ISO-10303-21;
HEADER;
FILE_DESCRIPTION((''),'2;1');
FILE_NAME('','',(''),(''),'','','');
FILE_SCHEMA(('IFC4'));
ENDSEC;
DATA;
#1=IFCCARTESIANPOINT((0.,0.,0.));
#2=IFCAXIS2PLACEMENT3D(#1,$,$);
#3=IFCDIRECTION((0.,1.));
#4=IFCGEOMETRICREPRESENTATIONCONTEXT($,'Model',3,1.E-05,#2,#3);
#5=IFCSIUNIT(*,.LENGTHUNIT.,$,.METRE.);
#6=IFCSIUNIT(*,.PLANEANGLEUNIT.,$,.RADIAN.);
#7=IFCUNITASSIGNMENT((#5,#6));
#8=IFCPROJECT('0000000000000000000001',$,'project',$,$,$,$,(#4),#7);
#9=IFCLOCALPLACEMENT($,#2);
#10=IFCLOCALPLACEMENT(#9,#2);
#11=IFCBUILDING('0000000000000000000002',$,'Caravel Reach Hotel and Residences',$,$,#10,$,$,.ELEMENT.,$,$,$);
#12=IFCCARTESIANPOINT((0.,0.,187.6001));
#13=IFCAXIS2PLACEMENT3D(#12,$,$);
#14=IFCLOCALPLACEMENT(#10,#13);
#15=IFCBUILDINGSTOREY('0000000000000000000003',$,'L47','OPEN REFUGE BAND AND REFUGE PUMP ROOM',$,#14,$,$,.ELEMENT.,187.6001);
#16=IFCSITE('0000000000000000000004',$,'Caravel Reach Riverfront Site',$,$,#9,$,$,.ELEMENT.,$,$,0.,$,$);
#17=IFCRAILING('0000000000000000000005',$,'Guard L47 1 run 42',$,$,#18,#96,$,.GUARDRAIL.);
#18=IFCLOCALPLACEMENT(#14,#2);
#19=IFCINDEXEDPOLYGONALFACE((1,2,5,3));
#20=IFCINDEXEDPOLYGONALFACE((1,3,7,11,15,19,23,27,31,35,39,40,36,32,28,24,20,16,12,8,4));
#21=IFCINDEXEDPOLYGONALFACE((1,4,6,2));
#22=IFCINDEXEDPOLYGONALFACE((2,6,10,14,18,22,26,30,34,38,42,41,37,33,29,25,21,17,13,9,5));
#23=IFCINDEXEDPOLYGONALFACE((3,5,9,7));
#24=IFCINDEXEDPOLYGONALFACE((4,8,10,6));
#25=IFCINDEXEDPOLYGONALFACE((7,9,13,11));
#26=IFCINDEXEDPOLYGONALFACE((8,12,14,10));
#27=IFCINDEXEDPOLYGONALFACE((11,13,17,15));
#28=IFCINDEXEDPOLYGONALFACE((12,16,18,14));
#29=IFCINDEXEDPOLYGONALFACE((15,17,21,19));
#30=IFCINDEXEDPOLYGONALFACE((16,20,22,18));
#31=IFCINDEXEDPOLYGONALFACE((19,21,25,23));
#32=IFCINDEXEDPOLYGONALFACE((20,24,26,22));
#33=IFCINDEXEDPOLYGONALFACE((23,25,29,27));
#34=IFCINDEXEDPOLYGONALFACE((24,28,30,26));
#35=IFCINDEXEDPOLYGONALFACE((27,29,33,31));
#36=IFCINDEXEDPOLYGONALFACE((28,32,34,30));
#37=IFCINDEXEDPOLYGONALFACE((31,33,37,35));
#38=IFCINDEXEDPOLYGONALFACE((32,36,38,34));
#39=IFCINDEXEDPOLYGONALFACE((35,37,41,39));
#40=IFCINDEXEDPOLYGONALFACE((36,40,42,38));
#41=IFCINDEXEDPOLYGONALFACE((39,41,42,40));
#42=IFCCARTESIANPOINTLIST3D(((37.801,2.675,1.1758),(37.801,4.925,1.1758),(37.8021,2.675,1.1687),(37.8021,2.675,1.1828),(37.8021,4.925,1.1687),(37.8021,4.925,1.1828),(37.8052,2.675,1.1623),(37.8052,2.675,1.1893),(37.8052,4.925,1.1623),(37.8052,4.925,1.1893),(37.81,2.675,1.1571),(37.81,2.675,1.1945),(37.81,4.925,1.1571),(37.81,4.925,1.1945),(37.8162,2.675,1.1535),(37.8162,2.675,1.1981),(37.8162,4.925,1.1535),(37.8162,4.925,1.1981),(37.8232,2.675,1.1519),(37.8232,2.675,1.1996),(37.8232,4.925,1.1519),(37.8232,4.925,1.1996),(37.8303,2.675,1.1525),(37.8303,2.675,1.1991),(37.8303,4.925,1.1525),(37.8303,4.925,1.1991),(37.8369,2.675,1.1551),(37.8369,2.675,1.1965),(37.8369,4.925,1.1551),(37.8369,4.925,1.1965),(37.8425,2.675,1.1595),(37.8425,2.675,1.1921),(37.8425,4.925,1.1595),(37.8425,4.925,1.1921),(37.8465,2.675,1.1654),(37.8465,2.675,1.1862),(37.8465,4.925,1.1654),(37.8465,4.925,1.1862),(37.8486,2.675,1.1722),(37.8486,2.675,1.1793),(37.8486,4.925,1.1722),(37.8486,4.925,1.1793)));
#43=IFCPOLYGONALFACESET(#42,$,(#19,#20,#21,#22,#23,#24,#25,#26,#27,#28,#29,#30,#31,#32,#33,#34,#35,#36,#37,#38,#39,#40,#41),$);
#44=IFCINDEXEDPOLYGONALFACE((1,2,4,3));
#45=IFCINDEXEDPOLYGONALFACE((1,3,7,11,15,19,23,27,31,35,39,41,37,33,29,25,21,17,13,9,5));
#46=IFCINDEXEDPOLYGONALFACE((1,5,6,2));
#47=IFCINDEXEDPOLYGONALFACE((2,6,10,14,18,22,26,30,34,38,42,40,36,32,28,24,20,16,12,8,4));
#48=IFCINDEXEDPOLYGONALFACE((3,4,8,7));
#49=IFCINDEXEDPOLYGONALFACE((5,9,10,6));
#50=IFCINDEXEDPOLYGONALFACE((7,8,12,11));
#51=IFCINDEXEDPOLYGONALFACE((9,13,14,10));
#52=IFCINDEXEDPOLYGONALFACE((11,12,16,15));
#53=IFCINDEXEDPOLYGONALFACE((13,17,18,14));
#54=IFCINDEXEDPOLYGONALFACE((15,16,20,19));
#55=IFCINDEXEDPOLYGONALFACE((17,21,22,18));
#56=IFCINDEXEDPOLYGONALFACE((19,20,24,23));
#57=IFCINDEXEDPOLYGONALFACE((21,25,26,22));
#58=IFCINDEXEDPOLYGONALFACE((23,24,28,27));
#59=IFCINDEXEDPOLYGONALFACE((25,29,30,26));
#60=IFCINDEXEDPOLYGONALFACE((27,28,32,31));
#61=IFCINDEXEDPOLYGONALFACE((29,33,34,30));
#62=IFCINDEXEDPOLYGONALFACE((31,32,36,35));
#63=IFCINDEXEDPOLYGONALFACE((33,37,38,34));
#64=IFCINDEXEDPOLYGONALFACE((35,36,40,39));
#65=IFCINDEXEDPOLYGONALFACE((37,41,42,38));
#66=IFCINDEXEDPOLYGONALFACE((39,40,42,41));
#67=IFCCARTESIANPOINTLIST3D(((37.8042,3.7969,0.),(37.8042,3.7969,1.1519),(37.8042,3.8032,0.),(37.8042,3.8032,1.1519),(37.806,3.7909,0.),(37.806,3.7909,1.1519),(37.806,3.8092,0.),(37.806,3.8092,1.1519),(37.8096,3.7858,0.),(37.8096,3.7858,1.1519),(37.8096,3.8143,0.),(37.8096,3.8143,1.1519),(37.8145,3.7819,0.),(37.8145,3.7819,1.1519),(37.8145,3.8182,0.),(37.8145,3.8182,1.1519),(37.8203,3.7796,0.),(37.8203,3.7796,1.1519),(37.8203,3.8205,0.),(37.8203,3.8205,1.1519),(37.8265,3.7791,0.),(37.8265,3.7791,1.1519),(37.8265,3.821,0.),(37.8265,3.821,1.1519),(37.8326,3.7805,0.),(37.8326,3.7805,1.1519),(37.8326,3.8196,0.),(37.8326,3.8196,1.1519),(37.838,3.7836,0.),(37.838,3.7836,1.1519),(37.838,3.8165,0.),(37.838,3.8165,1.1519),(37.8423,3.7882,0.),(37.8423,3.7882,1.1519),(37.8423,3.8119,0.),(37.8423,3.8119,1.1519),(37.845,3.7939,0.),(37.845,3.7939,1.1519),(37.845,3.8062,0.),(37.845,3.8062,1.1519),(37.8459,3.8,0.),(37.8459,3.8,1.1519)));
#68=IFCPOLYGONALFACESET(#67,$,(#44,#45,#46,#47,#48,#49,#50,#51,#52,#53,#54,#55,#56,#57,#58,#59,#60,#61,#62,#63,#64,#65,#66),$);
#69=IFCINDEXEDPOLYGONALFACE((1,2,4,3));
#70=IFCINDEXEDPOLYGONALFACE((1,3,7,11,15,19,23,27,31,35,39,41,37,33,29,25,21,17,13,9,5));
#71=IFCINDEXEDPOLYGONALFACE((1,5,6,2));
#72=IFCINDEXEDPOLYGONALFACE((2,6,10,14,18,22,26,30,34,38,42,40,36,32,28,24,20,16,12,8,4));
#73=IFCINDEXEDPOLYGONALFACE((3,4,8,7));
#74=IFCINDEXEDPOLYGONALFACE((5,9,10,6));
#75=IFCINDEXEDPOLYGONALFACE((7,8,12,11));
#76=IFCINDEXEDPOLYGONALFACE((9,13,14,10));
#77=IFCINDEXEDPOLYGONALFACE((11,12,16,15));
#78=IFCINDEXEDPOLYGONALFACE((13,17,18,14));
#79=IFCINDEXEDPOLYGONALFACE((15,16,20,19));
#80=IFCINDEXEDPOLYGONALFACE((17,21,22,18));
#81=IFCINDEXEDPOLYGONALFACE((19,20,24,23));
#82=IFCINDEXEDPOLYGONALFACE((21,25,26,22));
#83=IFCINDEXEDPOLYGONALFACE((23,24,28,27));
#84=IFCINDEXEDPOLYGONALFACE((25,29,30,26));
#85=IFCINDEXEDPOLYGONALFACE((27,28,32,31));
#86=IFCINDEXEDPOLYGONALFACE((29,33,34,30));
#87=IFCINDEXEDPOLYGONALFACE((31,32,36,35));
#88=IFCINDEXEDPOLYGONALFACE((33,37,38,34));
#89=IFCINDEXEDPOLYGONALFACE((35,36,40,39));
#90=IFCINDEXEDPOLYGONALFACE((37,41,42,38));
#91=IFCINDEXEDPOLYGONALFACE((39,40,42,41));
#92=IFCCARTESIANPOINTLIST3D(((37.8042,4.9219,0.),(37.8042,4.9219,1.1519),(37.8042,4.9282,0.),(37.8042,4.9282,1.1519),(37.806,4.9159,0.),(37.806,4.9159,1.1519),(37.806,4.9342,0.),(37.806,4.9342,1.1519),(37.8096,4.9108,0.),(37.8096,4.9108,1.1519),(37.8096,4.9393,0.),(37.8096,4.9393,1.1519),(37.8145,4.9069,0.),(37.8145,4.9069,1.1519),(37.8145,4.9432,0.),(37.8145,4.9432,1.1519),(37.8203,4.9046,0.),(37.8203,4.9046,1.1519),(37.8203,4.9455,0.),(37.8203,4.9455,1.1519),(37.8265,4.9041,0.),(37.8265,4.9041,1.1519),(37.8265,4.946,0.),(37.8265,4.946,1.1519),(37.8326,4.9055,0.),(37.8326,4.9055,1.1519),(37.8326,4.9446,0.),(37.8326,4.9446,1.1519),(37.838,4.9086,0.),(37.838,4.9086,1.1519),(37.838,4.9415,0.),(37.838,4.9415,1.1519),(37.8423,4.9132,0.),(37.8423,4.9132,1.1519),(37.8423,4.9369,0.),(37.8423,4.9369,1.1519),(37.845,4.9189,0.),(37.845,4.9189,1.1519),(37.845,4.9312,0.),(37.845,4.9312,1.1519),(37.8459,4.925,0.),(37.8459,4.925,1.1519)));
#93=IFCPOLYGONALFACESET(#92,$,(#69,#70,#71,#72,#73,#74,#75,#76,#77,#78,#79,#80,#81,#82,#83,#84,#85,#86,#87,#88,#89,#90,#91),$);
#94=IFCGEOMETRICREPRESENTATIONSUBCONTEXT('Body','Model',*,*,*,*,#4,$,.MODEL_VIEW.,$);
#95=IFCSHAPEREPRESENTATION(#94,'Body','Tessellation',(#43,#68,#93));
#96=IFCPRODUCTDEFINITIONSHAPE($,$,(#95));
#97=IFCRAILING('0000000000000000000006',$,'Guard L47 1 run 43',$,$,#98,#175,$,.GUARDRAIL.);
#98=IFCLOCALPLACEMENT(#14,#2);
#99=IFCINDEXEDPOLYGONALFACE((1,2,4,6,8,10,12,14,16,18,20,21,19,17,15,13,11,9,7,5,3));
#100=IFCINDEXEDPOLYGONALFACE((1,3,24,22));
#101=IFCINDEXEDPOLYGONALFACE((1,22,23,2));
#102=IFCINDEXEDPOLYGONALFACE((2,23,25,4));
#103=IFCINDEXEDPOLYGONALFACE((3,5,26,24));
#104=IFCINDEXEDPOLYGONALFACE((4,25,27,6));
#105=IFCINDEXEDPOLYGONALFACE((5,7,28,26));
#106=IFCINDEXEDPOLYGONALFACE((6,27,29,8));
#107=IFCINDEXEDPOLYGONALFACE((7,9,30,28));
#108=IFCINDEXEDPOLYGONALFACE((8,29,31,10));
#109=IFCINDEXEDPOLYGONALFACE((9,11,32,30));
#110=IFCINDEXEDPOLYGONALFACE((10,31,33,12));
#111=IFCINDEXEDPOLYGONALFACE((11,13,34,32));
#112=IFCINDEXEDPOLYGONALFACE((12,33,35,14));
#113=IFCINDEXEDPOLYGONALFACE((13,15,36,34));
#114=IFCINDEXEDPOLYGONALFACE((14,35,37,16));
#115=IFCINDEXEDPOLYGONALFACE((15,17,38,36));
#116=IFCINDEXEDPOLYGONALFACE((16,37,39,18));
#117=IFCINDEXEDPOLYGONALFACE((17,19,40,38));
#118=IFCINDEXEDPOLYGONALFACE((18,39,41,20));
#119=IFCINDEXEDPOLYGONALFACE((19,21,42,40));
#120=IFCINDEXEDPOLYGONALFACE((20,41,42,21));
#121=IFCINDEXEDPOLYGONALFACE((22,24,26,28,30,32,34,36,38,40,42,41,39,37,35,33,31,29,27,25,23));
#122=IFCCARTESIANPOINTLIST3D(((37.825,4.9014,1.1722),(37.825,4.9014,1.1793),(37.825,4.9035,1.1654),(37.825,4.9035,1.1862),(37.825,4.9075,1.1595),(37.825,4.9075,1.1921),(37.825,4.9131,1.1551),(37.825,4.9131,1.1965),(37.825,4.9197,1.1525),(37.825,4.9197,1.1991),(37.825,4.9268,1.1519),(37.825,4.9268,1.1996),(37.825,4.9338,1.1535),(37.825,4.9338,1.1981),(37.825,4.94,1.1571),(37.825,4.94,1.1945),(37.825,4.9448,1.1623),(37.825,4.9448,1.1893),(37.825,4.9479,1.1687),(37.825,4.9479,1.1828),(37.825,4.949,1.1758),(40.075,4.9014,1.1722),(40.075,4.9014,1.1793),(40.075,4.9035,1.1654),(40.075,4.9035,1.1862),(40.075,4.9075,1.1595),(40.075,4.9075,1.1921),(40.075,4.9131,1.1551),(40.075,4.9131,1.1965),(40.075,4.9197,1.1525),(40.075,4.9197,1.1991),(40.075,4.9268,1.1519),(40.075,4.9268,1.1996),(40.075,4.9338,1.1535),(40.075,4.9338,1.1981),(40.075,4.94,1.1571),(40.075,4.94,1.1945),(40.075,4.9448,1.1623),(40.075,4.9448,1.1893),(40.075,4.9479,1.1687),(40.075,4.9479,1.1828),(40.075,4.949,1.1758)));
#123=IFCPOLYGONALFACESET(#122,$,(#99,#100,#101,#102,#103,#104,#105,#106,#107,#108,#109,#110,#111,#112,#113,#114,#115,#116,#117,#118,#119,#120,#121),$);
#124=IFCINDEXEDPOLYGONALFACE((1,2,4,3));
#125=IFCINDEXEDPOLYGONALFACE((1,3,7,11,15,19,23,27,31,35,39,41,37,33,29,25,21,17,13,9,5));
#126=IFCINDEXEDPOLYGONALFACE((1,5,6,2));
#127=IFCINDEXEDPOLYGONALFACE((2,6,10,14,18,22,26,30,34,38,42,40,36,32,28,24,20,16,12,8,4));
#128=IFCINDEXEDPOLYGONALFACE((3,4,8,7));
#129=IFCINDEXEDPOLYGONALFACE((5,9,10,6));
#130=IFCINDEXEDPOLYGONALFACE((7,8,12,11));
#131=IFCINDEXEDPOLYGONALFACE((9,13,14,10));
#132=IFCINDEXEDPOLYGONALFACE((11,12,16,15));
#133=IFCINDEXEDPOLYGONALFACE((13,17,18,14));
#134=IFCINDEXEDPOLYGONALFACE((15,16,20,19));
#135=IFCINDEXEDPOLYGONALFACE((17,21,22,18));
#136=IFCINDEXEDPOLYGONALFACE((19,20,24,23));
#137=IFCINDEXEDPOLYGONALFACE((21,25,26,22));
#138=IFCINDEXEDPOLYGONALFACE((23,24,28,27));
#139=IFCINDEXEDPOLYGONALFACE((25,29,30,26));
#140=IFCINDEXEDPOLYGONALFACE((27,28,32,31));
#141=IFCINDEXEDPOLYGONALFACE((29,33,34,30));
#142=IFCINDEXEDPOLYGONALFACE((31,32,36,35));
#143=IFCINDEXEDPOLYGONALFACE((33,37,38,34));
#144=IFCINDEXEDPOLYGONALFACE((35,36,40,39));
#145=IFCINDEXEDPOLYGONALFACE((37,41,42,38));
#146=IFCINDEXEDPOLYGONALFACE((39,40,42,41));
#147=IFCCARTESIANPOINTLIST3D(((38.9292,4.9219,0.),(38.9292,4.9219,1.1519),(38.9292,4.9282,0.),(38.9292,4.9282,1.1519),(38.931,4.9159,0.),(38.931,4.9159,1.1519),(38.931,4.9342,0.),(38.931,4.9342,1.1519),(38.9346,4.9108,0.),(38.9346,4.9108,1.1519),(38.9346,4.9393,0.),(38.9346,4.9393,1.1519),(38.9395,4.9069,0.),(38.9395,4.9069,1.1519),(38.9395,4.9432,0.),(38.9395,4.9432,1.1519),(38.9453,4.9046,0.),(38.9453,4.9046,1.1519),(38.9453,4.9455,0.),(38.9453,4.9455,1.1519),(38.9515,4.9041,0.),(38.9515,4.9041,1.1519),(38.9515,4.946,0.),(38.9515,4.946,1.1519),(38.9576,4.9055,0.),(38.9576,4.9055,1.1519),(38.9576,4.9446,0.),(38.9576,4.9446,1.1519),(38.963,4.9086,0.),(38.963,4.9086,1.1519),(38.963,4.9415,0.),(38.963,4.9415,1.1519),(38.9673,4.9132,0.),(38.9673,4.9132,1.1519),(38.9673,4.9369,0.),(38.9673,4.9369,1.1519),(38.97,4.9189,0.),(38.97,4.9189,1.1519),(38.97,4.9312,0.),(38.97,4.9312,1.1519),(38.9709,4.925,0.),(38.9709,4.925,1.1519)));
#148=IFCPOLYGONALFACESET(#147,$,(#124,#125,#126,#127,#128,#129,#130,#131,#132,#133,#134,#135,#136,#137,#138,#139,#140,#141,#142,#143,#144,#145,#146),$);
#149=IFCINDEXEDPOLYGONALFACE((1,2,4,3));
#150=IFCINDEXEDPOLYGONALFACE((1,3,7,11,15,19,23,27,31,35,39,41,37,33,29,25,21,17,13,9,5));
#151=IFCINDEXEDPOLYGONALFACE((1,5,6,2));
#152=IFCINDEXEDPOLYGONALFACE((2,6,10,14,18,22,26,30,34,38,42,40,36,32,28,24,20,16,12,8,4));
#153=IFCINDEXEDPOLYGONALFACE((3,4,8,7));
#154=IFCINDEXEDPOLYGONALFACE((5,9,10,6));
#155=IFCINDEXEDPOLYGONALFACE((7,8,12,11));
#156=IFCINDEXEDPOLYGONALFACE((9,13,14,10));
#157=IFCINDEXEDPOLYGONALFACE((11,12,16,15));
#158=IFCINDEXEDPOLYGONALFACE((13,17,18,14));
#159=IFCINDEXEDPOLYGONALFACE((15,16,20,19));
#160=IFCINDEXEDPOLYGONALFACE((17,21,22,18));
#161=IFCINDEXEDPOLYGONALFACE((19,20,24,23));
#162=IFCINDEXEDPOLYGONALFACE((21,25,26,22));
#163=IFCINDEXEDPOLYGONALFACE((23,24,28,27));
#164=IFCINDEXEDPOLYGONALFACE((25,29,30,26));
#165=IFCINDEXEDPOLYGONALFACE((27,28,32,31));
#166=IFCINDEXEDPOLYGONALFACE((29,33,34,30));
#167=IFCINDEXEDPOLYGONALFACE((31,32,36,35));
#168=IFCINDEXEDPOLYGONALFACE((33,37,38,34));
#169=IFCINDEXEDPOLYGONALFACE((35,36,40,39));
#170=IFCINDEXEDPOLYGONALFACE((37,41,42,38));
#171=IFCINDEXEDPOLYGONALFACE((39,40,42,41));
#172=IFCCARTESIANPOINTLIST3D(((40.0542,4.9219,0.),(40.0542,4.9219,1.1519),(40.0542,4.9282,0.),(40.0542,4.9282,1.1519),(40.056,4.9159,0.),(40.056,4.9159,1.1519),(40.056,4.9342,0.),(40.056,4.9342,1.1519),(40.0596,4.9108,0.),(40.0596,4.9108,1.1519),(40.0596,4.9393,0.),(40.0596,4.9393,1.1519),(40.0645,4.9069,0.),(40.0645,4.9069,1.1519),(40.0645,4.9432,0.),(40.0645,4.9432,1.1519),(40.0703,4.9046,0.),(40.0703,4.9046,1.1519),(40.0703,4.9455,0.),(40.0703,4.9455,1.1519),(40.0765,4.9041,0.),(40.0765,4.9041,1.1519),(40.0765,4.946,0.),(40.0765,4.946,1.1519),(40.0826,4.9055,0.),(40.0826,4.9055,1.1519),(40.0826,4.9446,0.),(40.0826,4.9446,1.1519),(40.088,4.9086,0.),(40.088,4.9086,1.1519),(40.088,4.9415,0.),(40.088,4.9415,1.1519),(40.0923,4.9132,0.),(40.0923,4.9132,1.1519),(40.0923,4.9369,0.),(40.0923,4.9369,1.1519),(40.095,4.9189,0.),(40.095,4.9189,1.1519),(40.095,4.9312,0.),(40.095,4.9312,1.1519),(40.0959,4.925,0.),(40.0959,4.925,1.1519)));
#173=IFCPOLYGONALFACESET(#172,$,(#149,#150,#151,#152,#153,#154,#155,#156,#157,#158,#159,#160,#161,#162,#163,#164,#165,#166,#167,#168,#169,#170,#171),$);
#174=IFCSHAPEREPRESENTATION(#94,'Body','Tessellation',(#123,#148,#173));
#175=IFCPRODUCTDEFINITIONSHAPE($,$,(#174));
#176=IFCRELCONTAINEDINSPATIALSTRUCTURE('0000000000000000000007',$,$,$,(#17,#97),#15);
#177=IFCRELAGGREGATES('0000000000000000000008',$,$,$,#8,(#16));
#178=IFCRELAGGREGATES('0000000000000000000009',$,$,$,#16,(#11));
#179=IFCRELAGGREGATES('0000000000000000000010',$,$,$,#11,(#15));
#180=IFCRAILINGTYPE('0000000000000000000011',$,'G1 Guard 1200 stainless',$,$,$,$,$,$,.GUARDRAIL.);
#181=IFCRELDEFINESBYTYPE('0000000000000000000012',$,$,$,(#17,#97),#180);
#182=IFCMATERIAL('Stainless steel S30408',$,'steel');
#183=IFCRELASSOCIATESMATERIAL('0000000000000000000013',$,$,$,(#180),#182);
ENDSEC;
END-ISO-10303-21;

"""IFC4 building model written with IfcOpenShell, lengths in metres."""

from ifc_helpers import new_model, si_unit, direction, frame, origin, origin_2d, place, context, subcontext, project, spatial, circle, extrude, material, type_object, element, save


model = new_model("IFC4")

# Units and contexts
model_context = context("Model", 3, precision=1e-05, world=origin(), true_north=direction((0.0, 1.0)))
body_context = subcontext(model_context, "Body", "Model", "MODEL_VIEW")
ifc_project = project(units=[si_unit("LENGTHUNIT", "METRE"), si_unit("PLANEANGLEUNIT", "RADIAN")], contexts=[model_context])

# Site, building, storey
site_placement = place(None, origin())
site = spatial("IfcSite", under=ifc_project, at=site_placement, Name="Caravel Reach Riverfront Site", CompositionType="ELEMENT", RefElevation=0.0)
building_placement = place(site_placement, origin())
building = spatial("IfcBuilding", under=site, at=building_placement, Name="Caravel Reach Hotel and Residences", CompositionType="ELEMENT")
storey_placement = place(building_placement, frame((0.0, 0.0, 187.6001)))
storey = spatial("IfcBuildingStorey", under=building, at=storey_placement, Name="L47", Description="OPEN REFUGE BAND AND REFUGE PUMP ROOM", CompositionType="ELEMENT", Elevation=187.6001)

# Railings
ifc_material_1 = material(Name="Stainless steel S30408", Category="steel")
railing_type = type_object("IfcRailingType", Name="G1 Guard 1200 stainless", PredefinedType="GUARDRAIL", material=ifc_material_1)
railing_1_placement = place(storey_placement, frame((37.825, 2.675, 0.0)))
element("IfcRailing", 1, at=railing_1_placement, inside=storey, type_object=railing_type, Name="Guard L47 1 run 42", PredefinedType="GUARDRAIL", context=body_context, shape_type="SweptSolid", body=[
    extrude(circle(Radius=0.0239, at=origin_2d()), frame((0.0, 0.0, 1.1758), z_axis=(0.0, 1.0, 0.0), x_axis=(-1.0, 0.0, 0.0)), (0.0, 0.0, 1.0), 2.25),
    extrude(circle(Radius=0.021, at=origin_2d()), frame((0.0, 1.125, 0.0)), (0.0, 0.0, 1.0), 1.1519),
    extrude(circle(Radius=0.021, at=origin_2d()), frame((0.0, 2.25, 0.0)), (0.0, 0.0, 1.0), 1.1519),
])
railing_2_placement = place(storey_placement, frame((37.825, 4.925, 0.0)))
element("IfcRailing", 2, at=railing_2_placement, inside=storey, type_object=railing_type, Name="Guard L47 1 run 43", PredefinedType="GUARDRAIL", context=body_context, shape_type="SweptSolid", body=[
    extrude(circle(Radius=0.0239, at=origin_2d()), frame((0.0, 0.0, 1.1758), z_axis=(1.0, 0.0, 0.0), x_axis=(0.0, 1.0, 0.0)), (0.0, 0.0, 1.0), 2.25),
    extrude(circle(Radius=0.021, at=origin_2d()), frame((1.125, 0.0, 0.0)), (0.0, 0.0, 1.0), 1.1519),
    extrude(circle(Radius=0.021, at=origin_2d()), frame((2.25, 0.0, 0.0)), (0.0, 0.0, 1.0), 1.1519),
])

save(model, "model.ifc")
